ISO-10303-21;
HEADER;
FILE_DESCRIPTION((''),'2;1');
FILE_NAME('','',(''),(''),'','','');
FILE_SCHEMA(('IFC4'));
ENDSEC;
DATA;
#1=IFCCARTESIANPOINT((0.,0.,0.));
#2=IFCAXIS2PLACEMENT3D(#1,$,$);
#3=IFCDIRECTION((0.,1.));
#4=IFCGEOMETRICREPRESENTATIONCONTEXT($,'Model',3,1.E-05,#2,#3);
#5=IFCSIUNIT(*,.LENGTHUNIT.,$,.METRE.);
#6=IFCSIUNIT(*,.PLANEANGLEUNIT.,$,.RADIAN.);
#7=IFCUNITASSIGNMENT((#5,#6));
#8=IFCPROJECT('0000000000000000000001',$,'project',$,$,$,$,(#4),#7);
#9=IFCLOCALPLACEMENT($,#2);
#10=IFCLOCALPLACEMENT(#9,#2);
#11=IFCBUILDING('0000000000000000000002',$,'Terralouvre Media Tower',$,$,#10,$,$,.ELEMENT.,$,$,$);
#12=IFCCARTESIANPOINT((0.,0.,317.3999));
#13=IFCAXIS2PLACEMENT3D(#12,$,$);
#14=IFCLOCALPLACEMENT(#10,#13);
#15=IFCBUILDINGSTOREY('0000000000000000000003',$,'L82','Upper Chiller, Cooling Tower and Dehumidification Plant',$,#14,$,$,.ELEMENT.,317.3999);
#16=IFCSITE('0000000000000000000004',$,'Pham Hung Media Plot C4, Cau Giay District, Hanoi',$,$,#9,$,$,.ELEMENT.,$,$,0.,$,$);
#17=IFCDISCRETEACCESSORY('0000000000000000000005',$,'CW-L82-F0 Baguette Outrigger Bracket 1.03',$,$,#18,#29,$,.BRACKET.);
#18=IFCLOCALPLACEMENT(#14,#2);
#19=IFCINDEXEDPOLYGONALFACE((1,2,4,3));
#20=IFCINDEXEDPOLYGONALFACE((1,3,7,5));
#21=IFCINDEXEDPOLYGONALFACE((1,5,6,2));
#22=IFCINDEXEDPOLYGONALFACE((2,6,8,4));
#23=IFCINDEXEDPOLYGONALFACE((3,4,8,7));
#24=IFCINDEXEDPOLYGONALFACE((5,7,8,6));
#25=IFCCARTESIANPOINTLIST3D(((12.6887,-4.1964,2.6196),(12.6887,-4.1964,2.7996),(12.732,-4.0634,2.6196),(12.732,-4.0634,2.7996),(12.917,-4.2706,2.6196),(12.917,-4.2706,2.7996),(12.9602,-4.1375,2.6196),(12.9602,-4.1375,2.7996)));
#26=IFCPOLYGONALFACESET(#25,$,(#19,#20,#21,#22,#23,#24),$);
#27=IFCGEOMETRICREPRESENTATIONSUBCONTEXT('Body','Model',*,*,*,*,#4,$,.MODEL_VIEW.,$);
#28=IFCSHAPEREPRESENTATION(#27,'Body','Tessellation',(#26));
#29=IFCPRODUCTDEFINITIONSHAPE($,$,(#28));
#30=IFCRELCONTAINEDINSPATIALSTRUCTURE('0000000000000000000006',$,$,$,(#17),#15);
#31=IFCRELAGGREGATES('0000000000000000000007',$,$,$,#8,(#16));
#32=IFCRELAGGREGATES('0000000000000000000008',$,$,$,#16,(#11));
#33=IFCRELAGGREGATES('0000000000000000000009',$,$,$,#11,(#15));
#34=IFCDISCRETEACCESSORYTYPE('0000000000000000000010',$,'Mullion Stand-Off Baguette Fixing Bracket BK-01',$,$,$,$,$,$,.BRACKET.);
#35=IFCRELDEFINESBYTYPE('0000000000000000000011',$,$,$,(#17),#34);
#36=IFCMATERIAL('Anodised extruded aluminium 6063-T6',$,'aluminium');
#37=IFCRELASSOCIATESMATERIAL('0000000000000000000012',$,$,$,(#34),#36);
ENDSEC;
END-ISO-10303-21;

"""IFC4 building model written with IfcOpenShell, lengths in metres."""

from ifc_helpers import new_model, si_unit, direction, frame, origin, origin_2d, place, context, subcontext, project, spatial, rectangle, extrude, material, type_object, element, save


model = new_model("IFC4")

# Units and contexts
model_context = context("Model", 3, precision=1e-05, world=origin(), true_north=direction((0.0, 1.0)))
body_context = subcontext(model_context, "Body", "Model", "MODEL_VIEW")
ifc_project = project(units=[si_unit("LENGTHUNIT", "METRE"), si_unit("PLANEANGLEUNIT", "RADIAN")], contexts=[model_context])

# Site, building, storey
site_placement = place(None, origin())
site = spatial("IfcSite", under=ifc_project, at=site_placement, Name="Pham Hung Media Plot C4, Cau Giay District, Hanoi", CompositionType="ELEMENT", RefElevation=0.0)
building_placement = place(site_placement, origin())
building = spatial("IfcBuilding", under=site, at=building_placement, Name="Terralouvre Media Tower", CompositionType="ELEMENT")
storey_placement = place(building_placement, frame((0.0, 0.0, 317.3999)))
storey = spatial("IfcBuildingStorey", under=building, at=storey_placement, Name="L82", Description="Upper Chiller, Cooling Tower and Dehumidification Plant", CompositionType="ELEMENT", Elevation=317.3999)

# Discrete accessory
ifc_material_1 = material(Name="Anodised extruded aluminium 6063-T6", Category="aluminium")
discrete_accessory_type = type_object("IfcDiscreteAccessoryType", Name="Mullion Stand-Off Baguette Fixing Bracket BK-01", PredefinedType="BRACKET", material=ifc_material_1)
discrete_accessory_placement = place(storey_placement, frame((12.8245, -4.167, 2.6196), z_axis=(0.0, 0.0, 1.0), x_axis=(0.309017, 0.951056, 0.0)))
element("IfcDiscreteAccessory", 1, at=discrete_accessory_placement, inside=storey, type_object=discrete_accessory_type, Name="CW-L82-F0 Baguette Outrigger Bracket 1.03", PredefinedType="BRACKET", context=body_context, shape_type="SweptSolid", body=[
    extrude(rectangle(XDim=0.1399, YDim=0.24, at=origin_2d()), origin(), (0.0, 0.0, 1.0), 0.1799),
])

save(model, "model.ifc")
